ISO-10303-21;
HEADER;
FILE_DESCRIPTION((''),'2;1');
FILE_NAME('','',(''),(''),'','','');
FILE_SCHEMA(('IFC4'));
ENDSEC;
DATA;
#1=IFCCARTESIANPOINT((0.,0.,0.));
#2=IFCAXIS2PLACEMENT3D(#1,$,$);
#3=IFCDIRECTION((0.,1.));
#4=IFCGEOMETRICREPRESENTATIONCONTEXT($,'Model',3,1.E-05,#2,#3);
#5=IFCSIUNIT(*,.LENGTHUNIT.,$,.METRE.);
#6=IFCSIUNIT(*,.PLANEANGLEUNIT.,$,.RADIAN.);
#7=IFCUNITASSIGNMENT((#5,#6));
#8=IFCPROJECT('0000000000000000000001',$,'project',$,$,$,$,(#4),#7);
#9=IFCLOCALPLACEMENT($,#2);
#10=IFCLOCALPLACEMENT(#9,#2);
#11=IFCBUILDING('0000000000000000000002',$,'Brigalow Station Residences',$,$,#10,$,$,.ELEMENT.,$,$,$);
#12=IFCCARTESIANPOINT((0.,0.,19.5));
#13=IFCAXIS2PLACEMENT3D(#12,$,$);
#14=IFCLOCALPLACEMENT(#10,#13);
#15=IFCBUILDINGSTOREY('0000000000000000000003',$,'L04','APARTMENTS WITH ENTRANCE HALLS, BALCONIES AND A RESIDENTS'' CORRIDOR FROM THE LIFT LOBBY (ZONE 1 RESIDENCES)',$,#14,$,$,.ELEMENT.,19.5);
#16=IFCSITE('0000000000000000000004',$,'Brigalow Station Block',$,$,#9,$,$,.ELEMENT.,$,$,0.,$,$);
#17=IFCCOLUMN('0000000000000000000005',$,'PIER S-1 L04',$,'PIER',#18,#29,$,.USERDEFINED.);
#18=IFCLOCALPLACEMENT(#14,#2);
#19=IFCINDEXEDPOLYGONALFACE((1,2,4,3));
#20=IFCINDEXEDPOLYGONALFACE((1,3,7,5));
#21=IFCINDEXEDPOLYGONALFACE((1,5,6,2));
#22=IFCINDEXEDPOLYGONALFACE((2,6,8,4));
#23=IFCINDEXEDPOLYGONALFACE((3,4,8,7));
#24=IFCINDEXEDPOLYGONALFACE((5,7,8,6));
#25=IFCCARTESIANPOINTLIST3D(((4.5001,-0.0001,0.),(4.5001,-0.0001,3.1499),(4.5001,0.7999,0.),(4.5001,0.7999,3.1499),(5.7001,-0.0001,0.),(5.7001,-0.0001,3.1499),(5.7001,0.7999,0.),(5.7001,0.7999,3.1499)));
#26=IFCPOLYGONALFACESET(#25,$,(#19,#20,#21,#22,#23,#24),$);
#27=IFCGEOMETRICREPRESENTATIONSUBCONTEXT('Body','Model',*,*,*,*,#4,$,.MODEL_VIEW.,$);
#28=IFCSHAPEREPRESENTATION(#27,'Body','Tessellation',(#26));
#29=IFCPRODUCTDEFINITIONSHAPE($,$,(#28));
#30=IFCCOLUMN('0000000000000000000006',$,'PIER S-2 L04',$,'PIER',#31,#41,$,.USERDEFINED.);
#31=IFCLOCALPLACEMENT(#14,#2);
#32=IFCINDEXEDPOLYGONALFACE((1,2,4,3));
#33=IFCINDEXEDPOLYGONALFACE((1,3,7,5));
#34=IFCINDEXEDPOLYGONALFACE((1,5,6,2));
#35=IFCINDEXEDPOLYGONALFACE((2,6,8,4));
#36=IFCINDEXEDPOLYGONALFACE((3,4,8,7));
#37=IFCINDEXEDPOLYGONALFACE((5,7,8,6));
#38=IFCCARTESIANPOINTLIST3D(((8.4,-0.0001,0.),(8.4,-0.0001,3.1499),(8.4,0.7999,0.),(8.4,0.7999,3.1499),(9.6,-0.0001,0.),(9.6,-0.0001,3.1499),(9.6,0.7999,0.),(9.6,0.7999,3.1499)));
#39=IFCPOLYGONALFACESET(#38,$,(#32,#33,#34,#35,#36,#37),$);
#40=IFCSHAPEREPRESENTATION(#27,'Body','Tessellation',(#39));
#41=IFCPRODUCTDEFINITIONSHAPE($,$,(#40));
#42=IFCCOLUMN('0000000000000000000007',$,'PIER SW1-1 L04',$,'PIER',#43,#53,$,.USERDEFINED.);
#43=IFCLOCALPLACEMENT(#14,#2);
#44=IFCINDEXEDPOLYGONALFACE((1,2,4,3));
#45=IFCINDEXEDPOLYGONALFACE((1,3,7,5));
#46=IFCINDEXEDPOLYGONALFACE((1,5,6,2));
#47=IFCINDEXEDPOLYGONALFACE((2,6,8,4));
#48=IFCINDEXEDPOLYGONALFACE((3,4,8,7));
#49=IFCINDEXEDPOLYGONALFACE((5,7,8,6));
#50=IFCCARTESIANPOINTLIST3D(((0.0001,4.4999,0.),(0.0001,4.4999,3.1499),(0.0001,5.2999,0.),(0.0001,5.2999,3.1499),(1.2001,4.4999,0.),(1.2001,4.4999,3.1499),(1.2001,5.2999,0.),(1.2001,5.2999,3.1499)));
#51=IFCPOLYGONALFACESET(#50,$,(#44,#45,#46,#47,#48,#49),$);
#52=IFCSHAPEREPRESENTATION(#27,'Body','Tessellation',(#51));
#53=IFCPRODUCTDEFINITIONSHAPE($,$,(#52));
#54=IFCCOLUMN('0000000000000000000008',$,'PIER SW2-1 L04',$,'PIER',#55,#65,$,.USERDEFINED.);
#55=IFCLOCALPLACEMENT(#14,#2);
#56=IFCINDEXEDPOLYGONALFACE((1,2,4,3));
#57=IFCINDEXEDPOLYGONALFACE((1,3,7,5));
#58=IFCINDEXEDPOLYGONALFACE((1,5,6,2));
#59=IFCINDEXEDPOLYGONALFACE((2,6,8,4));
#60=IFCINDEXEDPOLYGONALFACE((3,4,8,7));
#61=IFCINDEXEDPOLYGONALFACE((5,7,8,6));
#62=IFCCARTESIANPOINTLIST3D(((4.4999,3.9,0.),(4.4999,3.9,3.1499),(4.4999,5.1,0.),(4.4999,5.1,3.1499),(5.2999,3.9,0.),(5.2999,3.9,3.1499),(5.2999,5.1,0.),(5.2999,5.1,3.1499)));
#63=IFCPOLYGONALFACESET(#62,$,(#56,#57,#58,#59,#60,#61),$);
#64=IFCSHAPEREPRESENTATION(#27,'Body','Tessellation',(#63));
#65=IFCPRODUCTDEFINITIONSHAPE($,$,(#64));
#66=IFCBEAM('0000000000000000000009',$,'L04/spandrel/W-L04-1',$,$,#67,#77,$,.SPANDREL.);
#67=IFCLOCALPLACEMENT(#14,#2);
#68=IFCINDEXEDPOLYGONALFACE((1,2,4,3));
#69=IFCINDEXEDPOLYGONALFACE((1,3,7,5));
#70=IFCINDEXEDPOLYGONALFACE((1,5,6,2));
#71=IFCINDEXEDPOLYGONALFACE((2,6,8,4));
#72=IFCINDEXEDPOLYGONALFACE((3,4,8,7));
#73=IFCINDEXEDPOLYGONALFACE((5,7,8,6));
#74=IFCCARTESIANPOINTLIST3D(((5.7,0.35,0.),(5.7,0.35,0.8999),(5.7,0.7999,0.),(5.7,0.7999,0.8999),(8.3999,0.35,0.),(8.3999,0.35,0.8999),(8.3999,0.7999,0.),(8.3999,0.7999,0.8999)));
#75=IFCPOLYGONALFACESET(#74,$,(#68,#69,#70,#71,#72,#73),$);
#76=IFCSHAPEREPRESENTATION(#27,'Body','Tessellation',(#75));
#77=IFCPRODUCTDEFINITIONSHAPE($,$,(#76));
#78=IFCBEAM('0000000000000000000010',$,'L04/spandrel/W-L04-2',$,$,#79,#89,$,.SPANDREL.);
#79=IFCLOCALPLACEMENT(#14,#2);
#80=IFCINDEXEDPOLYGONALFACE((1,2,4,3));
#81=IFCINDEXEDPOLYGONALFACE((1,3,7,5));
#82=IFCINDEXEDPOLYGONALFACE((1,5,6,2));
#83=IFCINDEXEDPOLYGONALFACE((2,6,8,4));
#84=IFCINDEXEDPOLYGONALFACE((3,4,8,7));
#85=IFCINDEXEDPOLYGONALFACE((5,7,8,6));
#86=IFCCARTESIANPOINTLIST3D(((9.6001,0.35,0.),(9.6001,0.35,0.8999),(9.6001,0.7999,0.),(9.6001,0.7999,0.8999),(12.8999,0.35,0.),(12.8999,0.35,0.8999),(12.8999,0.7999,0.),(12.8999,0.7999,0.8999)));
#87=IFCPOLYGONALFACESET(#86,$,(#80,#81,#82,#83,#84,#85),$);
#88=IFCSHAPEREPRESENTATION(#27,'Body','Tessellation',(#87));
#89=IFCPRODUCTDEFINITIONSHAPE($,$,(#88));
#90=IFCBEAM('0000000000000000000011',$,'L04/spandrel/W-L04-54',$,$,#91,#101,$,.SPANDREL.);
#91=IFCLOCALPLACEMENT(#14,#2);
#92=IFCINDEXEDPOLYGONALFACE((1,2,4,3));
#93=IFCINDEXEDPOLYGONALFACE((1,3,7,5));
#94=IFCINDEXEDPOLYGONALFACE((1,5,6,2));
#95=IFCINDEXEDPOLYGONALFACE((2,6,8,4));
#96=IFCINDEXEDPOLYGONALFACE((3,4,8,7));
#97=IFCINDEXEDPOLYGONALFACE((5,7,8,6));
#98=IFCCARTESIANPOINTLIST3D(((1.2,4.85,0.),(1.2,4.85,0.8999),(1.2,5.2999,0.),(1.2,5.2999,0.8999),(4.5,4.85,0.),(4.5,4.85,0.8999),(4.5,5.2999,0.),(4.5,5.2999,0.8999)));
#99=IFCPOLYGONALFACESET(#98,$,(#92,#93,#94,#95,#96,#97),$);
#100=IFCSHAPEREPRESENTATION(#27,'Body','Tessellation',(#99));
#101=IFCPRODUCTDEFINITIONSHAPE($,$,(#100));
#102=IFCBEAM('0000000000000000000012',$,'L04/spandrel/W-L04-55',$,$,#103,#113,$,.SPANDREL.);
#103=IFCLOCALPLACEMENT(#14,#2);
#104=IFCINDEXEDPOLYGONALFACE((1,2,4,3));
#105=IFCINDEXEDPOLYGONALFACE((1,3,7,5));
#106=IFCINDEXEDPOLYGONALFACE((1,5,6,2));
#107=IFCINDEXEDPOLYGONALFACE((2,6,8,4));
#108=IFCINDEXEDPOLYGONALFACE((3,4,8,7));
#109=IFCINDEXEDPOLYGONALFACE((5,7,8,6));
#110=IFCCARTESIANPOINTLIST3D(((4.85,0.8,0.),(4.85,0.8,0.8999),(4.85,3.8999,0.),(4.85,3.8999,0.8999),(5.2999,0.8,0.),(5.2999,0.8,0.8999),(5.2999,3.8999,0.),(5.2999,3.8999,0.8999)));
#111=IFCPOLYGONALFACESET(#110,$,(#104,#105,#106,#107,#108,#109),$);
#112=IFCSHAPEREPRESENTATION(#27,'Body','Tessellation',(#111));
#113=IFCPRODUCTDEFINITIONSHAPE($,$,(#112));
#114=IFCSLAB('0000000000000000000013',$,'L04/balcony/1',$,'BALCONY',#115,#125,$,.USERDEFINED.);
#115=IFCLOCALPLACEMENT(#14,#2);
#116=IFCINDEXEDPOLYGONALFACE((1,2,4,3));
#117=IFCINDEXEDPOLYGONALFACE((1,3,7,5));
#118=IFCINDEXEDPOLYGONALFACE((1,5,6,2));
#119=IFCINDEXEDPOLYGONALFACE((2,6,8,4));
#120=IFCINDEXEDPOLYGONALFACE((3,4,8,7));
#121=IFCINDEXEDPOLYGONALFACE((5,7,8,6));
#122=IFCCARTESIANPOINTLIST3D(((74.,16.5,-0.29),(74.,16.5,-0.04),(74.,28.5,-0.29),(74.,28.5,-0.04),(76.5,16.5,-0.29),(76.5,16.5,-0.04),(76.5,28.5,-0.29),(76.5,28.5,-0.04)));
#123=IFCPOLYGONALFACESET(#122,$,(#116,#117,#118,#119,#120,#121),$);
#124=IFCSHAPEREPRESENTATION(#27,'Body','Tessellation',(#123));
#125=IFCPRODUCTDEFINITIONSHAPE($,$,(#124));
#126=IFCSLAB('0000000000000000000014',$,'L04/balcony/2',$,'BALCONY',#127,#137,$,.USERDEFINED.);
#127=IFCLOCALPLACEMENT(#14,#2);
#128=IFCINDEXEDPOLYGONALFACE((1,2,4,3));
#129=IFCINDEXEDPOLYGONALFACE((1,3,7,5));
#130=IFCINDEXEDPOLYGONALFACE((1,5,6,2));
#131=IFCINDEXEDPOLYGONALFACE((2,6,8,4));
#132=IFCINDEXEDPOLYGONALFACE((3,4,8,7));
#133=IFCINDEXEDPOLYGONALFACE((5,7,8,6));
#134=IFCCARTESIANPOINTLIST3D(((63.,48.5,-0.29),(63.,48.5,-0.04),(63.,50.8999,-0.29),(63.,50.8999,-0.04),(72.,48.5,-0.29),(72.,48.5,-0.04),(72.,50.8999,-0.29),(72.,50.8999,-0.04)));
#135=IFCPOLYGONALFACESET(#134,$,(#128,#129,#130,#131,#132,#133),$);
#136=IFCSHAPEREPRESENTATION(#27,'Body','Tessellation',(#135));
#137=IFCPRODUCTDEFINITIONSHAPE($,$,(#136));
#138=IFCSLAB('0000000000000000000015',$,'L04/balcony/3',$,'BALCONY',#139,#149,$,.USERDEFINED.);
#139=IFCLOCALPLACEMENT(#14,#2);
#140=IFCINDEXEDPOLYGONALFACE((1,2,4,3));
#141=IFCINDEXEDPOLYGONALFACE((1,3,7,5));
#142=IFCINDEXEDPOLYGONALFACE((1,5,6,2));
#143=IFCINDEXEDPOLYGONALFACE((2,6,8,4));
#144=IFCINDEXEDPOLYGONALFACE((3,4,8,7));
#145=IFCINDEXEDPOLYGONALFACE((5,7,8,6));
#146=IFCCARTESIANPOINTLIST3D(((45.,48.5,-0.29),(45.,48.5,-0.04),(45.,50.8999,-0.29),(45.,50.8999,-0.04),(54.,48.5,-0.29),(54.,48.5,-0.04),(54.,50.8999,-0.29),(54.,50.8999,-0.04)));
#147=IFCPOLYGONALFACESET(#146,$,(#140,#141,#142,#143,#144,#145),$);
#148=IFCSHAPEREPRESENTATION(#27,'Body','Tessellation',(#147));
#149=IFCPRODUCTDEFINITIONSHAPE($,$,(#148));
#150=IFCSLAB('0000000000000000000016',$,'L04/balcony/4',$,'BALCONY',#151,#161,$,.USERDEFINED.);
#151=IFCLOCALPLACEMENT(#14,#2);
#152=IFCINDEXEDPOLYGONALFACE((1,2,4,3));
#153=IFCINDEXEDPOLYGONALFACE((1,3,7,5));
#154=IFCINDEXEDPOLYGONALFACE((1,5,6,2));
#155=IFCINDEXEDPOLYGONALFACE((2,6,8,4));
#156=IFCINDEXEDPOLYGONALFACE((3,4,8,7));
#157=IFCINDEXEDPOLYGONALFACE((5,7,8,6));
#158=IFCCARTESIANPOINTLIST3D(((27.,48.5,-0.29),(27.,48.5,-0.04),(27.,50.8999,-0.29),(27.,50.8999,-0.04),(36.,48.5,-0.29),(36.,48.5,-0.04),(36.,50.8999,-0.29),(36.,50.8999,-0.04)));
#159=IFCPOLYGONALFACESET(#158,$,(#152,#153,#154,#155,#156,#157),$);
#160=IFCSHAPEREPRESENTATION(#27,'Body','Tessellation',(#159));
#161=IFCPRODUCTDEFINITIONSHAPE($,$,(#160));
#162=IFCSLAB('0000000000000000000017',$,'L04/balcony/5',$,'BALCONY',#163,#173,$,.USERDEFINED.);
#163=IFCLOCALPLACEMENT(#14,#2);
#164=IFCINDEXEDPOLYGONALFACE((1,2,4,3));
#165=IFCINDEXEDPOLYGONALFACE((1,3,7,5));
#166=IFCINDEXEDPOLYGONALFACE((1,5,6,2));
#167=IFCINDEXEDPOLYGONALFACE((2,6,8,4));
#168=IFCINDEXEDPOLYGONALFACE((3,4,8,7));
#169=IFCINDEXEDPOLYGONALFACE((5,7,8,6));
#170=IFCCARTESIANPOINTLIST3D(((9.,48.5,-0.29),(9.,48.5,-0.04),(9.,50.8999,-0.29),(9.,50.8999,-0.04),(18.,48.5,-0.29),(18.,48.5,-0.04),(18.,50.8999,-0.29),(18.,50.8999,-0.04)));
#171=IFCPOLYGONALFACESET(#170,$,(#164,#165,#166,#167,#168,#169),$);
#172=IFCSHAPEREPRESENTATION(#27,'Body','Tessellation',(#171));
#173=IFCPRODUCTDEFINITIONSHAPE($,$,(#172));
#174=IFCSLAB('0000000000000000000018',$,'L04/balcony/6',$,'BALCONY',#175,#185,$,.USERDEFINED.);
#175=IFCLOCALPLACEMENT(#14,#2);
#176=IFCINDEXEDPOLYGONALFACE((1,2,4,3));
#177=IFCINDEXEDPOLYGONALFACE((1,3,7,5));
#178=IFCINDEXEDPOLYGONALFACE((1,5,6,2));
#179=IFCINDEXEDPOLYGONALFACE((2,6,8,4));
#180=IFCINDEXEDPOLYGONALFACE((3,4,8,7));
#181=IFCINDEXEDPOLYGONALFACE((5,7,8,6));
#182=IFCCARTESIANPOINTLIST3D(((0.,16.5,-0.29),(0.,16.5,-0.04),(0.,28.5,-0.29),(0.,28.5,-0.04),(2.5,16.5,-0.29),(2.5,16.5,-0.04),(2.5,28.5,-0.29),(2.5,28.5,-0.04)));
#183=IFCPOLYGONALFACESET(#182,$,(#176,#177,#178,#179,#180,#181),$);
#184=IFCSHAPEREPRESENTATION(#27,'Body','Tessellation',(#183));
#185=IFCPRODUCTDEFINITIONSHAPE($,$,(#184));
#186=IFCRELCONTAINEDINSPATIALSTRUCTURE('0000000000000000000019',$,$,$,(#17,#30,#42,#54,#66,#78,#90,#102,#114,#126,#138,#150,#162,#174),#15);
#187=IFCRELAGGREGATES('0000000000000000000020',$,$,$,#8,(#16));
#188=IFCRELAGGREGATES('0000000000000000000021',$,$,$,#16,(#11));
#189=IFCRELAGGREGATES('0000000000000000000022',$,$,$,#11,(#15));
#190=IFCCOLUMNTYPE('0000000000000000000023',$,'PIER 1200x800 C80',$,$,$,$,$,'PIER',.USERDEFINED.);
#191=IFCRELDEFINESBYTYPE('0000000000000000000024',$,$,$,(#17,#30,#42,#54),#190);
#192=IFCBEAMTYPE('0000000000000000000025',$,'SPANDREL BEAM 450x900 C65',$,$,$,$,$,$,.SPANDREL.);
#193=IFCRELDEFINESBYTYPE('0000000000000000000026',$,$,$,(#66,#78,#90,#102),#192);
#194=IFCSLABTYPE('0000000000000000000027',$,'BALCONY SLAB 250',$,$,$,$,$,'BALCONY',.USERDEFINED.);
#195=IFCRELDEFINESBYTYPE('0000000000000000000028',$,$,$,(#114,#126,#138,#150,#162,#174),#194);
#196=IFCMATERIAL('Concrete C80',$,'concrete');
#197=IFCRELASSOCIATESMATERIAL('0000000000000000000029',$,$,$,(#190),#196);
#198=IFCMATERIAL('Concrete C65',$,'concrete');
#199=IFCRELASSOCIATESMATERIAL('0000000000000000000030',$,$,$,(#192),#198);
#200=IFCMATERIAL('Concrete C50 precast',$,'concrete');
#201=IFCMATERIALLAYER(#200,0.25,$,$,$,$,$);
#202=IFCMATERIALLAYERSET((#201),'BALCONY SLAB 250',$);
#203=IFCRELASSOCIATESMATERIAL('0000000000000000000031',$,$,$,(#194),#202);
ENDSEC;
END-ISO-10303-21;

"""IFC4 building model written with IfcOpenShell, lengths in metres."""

from ifc_helpers import new_model, si_unit, direction, frame, origin, origin_2d, place, context, subcontext, project, spatial, polyline, rectangle, outline, extrude, material, layer, layer_set, material_profile, profile_set, type_object, element, save


model = new_model("IFC4")

# Units and contexts
model_context = context("Model", 3, precision=1e-05, world=origin(), true_north=direction((0.0, 1.0)))
body_context = subcontext(model_context, "Body", "Model", "MODEL_VIEW")
ifc_project = project(units=[si_unit("LENGTHUNIT", "METRE"), si_unit("PLANEANGLEUNIT", "RADIAN")], contexts=[model_context])

# Site, building, storey
site_placement = place(None, origin())
site = spatial("IfcSite", under=ifc_project, at=site_placement, Name="Brigalow Station Block", CompositionType="ELEMENT", RefElevation=0.0)
building_placement = place(site_placement, origin())
building = spatial("IfcBuilding", under=site, at=building_placement, Name="Brigalow Station Residences", CompositionType="ELEMENT")
storey_placement = place(building_placement, frame((0.0, 0.0, 19.5)))
storey = spatial("IfcBuildingStorey", under=building, at=storey_placement, Name="L04", Description="APARTMENTS WITH ENTRANCE HALLS, BALCONIES AND A RESIDENTS' CORRIDOR FROM THE LIFT LOBBY (ZONE 1 RESIDENCES)", CompositionType="ELEMENT", Elevation=19.5)

# Columns
ifc_material_1 = material(Name="Concrete C80", Category="concrete")
ifc_material_profile_1 = material_profile(ifc_material_1, rectangle(XDim=1.2, YDim=0.8, at=origin_2d()), Name="RC1200x800")
ifc_profile_set_1 = profile_set([ifc_material_profile_1], Name="Concrete C80")
column_type = type_object("IfcColumnType", Name="PIER 1200x800 C80", ElementType="PIER", PredefinedType="USERDEFINED", material=ifc_profile_set_1)
for number, where, z_axis, x_axis, name in (
    (1, (5.1001, 0.3999, 0.0), (0.0, 0.0, 1.0), (1.0, 0.0, 0.0), "PIER S-1 L04"),
    (2, (9.0, 0.3999, 0.0), (0.0, 0.0, 1.0), (1.0, 0.0, 0.0), "PIER S-2 L04"),
    (3, (0.6001, 4.8999, 0.0), (0.0, 0.0, 1.0), (1.0, 0.0, 0.0), "PIER SW1-1 L04"),
    (4, (4.8999, 4.5, 0.0), (0.0, 0.0, 1.0), (0.0, -1.0, 0.0), "PIER SW2-1 L04"),
):
    element("IfcColumn", number, at=place(storey_placement, frame(where, z_axis=z_axis, x_axis=x_axis)), inside=storey, type_object=column_type, Name=name, ObjectType="PIER", PredefinedType="USERDEFINED", context=body_context, shape_type="SweptSolid", body=[
        extrude(rectangle(XDim=1.2, YDim=0.8, at=origin_2d()), origin(), (0.0, 0.0, 1.0), 3.1499),
    ])

# Beams
ifc_material_2 = material(Name="Concrete C65", Category="concrete")
ifc_material_profile_2 = material_profile(ifc_material_2, rectangle(XDim=0.45, YDim=0.8999, at=origin_2d()), Name="RC450x900")
ifc_profile_set_2 = profile_set([ifc_material_profile_2], Name="Concrete C65")
beam_type = type_object("IfcBeamType", Name="SPANDREL BEAM 450x900 C65", PredefinedType="SPANDREL", material=ifc_profile_set_2)
beam_1_placement = place(storey_placement, frame((5.7, 0.575, 0.45), z_axis=(1.0, 0.0, 0.0), x_axis=(0.0, 1.0, 0.0)))
element("IfcBeam", 5, at=beam_1_placement, inside=storey, type_object=beam_type, Name="L04/spandrel/W-L04-1", PredefinedType="SPANDREL", context=body_context, shape_type="SweptSolid", body=[
    extrude(rectangle(XDim=0.45, YDim=0.8999, at=origin_2d()), origin(), (0.0, 0.0, 1.0), 2.7),
])
beam_2_placement = place(storey_placement, frame((9.6001, 0.575, 0.45), z_axis=(1.0, 0.0, 0.0), x_axis=(0.0, 1.0, 0.0)))
element("IfcBeam", 6, at=beam_2_placement, inside=storey, type_object=beam_type, Name="L04/spandrel/W-L04-2", PredefinedType="SPANDREL", context=body_context, shape_type="SweptSolid", body=[
    extrude(rectangle(XDim=0.45, YDim=0.8999, at=origin_2d()), origin(), (0.0, 0.0, 1.0), 3.2998),
])
beam_3_placement = place(storey_placement, frame((1.2, 5.075, 0.45), z_axis=(1.0, 0.0, 0.0), x_axis=(0.0, 1.0, 0.0)))
element("IfcBeam", 7, at=beam_3_placement, inside=storey, type_object=beam_type, Name="L04/spandrel/W-L04-54", PredefinedType="SPANDREL", context=body_context, shape_type="SweptSolid", body=[
    extrude(rectangle(XDim=0.45, YDim=0.8999, at=origin_2d()), origin(), (0.0, 0.0, 1.0), 3.3),
])
beam_4_placement = place(storey_placement, frame((5.075, 3.8999, 0.45), z_axis=(0.0, -1.0, 0.0), x_axis=(1.0, 0.0, 0.0)))
element("IfcBeam", 8, at=beam_4_placement, inside=storey, type_object=beam_type, Name="L04/spandrel/W-L04-55", PredefinedType="SPANDREL", context=body_context, shape_type="SweptSolid", body=[
    extrude(rectangle(XDim=0.45, YDim=0.8999, at=origin_2d()), origin(), (0.0, 0.0, 1.0), 3.0999),
])

# Slabs
ifc_material_3 = material(Name="Concrete C50 precast", Category="concrete")
ifc_layer_1 = layer(ifc_material_3, 0.25)
ifc_layer_set_1 = layer_set([ifc_layer_1], Name="BALCONY SLAB 250")
slab_type_1 = type_object("IfcSlabType", Name="BALCONY SLAB 250", ElementType="BALCONY", PredefinedType="USERDEFINED", material=ifc_layer_set_1)
slab_1_placement = place(storey_placement, frame((0.0, 0.0, -0.29)))
element("IfcSlab", 9, at=slab_1_placement, inside=storey, type_object=slab_type_1, Name="L04/balcony/1", ObjectType="BALCONY", PredefinedType="USERDEFINED", context=body_context, shape_type="SweptSolid", body=[
    extrude(outline(polyline([(74.0, 16.5), (76.5, 16.5), (76.5, 28.5), (74.0, 28.5), (74.0, 16.5)])), origin(), (0.0, 0.0, 1.0), 0.25),
])
slab_2_placement = place(storey_placement, frame((0.0, 0.0, -0.29)))
element("IfcSlab", 10, at=slab_2_placement, inside=storey, type_object=slab_type_1, Name="L04/balcony/2", ObjectType="BALCONY", PredefinedType="USERDEFINED", context=body_context, shape_type="SweptSolid", body=[
    extrude(outline(polyline([(72.0, 48.5), (72.0, 50.8999), (63.0, 50.8999), (63.0, 48.5), (72.0, 48.5)])), origin(), (0.0, 0.0, 1.0), 0.25),
])
slab_3_placement = place(storey_placement, frame((0.0, 0.0, -0.29)))
element("IfcSlab", 11, at=slab_3_placement, inside=storey, type_object=slab_type_1, Name="L04/balcony/3", ObjectType="BALCONY", PredefinedType="USERDEFINED", context=body_context, shape_type="SweptSolid", body=[
    extrude(outline(polyline([(54.0, 48.5), (54.0, 50.8999), (45.0, 50.8999), (45.0, 48.5), (54.0, 48.5)])), origin(), (0.0, 0.0, 1.0), 0.25),
])
slab_4_placement = place(storey_placement, frame((0.0, 0.0, -0.29)))
element("IfcSlab", 12, at=slab_4_placement, inside=storey, type_object=slab_type_1, Name="L04/balcony/4", ObjectType="BALCONY", PredefinedType="USERDEFINED", context=body_context, shape_type="SweptSolid", body=[
    extrude(outline(polyline([(36.0, 48.5), (36.0, 50.8999), (27.0, 50.8999), (27.0, 48.5), (36.0, 48.5)])), origin(), (0.0, 0.0, 1.0), 0.25),
])
slab_5_placement = place(storey_placement, frame((0.0, 0.0, -0.29)))
element("IfcSlab", 13, at=slab_5_placement, inside=storey, type_object=slab_type_1, Name="L04/balcony/5", ObjectType="BALCONY", PredefinedType="USERDEFINED", context=body_context, shape_type="SweptSolid", body=[
    extrude(outline(polyline([(18.0, 48.5), (18.0, 50.8999), (9.0, 50.8999), (9.0, 48.5), (18.0, 48.5)])), origin(), (0.0, 0.0, 1.0), 0.25),
])
slab_6_placement = place(storey_placement, frame((0.0, 0.0, -0.29)))
element("IfcSlab", 14, at=slab_6_placement, inside=storey, type_object=slab_type_1, Name="L04/balcony/6", ObjectType="BALCONY", PredefinedType="USERDEFINED", context=body_context, shape_type="SweptSolid", body=[
    extrude(outline(polyline([(2.5, 28.5), (0.0, 28.5), (0.0, 16.5), (2.5, 16.5), (2.5, 28.5)])), origin(), (0.0, 0.0, 1.0), 0.25),
])

save(model, "model.ifc")
